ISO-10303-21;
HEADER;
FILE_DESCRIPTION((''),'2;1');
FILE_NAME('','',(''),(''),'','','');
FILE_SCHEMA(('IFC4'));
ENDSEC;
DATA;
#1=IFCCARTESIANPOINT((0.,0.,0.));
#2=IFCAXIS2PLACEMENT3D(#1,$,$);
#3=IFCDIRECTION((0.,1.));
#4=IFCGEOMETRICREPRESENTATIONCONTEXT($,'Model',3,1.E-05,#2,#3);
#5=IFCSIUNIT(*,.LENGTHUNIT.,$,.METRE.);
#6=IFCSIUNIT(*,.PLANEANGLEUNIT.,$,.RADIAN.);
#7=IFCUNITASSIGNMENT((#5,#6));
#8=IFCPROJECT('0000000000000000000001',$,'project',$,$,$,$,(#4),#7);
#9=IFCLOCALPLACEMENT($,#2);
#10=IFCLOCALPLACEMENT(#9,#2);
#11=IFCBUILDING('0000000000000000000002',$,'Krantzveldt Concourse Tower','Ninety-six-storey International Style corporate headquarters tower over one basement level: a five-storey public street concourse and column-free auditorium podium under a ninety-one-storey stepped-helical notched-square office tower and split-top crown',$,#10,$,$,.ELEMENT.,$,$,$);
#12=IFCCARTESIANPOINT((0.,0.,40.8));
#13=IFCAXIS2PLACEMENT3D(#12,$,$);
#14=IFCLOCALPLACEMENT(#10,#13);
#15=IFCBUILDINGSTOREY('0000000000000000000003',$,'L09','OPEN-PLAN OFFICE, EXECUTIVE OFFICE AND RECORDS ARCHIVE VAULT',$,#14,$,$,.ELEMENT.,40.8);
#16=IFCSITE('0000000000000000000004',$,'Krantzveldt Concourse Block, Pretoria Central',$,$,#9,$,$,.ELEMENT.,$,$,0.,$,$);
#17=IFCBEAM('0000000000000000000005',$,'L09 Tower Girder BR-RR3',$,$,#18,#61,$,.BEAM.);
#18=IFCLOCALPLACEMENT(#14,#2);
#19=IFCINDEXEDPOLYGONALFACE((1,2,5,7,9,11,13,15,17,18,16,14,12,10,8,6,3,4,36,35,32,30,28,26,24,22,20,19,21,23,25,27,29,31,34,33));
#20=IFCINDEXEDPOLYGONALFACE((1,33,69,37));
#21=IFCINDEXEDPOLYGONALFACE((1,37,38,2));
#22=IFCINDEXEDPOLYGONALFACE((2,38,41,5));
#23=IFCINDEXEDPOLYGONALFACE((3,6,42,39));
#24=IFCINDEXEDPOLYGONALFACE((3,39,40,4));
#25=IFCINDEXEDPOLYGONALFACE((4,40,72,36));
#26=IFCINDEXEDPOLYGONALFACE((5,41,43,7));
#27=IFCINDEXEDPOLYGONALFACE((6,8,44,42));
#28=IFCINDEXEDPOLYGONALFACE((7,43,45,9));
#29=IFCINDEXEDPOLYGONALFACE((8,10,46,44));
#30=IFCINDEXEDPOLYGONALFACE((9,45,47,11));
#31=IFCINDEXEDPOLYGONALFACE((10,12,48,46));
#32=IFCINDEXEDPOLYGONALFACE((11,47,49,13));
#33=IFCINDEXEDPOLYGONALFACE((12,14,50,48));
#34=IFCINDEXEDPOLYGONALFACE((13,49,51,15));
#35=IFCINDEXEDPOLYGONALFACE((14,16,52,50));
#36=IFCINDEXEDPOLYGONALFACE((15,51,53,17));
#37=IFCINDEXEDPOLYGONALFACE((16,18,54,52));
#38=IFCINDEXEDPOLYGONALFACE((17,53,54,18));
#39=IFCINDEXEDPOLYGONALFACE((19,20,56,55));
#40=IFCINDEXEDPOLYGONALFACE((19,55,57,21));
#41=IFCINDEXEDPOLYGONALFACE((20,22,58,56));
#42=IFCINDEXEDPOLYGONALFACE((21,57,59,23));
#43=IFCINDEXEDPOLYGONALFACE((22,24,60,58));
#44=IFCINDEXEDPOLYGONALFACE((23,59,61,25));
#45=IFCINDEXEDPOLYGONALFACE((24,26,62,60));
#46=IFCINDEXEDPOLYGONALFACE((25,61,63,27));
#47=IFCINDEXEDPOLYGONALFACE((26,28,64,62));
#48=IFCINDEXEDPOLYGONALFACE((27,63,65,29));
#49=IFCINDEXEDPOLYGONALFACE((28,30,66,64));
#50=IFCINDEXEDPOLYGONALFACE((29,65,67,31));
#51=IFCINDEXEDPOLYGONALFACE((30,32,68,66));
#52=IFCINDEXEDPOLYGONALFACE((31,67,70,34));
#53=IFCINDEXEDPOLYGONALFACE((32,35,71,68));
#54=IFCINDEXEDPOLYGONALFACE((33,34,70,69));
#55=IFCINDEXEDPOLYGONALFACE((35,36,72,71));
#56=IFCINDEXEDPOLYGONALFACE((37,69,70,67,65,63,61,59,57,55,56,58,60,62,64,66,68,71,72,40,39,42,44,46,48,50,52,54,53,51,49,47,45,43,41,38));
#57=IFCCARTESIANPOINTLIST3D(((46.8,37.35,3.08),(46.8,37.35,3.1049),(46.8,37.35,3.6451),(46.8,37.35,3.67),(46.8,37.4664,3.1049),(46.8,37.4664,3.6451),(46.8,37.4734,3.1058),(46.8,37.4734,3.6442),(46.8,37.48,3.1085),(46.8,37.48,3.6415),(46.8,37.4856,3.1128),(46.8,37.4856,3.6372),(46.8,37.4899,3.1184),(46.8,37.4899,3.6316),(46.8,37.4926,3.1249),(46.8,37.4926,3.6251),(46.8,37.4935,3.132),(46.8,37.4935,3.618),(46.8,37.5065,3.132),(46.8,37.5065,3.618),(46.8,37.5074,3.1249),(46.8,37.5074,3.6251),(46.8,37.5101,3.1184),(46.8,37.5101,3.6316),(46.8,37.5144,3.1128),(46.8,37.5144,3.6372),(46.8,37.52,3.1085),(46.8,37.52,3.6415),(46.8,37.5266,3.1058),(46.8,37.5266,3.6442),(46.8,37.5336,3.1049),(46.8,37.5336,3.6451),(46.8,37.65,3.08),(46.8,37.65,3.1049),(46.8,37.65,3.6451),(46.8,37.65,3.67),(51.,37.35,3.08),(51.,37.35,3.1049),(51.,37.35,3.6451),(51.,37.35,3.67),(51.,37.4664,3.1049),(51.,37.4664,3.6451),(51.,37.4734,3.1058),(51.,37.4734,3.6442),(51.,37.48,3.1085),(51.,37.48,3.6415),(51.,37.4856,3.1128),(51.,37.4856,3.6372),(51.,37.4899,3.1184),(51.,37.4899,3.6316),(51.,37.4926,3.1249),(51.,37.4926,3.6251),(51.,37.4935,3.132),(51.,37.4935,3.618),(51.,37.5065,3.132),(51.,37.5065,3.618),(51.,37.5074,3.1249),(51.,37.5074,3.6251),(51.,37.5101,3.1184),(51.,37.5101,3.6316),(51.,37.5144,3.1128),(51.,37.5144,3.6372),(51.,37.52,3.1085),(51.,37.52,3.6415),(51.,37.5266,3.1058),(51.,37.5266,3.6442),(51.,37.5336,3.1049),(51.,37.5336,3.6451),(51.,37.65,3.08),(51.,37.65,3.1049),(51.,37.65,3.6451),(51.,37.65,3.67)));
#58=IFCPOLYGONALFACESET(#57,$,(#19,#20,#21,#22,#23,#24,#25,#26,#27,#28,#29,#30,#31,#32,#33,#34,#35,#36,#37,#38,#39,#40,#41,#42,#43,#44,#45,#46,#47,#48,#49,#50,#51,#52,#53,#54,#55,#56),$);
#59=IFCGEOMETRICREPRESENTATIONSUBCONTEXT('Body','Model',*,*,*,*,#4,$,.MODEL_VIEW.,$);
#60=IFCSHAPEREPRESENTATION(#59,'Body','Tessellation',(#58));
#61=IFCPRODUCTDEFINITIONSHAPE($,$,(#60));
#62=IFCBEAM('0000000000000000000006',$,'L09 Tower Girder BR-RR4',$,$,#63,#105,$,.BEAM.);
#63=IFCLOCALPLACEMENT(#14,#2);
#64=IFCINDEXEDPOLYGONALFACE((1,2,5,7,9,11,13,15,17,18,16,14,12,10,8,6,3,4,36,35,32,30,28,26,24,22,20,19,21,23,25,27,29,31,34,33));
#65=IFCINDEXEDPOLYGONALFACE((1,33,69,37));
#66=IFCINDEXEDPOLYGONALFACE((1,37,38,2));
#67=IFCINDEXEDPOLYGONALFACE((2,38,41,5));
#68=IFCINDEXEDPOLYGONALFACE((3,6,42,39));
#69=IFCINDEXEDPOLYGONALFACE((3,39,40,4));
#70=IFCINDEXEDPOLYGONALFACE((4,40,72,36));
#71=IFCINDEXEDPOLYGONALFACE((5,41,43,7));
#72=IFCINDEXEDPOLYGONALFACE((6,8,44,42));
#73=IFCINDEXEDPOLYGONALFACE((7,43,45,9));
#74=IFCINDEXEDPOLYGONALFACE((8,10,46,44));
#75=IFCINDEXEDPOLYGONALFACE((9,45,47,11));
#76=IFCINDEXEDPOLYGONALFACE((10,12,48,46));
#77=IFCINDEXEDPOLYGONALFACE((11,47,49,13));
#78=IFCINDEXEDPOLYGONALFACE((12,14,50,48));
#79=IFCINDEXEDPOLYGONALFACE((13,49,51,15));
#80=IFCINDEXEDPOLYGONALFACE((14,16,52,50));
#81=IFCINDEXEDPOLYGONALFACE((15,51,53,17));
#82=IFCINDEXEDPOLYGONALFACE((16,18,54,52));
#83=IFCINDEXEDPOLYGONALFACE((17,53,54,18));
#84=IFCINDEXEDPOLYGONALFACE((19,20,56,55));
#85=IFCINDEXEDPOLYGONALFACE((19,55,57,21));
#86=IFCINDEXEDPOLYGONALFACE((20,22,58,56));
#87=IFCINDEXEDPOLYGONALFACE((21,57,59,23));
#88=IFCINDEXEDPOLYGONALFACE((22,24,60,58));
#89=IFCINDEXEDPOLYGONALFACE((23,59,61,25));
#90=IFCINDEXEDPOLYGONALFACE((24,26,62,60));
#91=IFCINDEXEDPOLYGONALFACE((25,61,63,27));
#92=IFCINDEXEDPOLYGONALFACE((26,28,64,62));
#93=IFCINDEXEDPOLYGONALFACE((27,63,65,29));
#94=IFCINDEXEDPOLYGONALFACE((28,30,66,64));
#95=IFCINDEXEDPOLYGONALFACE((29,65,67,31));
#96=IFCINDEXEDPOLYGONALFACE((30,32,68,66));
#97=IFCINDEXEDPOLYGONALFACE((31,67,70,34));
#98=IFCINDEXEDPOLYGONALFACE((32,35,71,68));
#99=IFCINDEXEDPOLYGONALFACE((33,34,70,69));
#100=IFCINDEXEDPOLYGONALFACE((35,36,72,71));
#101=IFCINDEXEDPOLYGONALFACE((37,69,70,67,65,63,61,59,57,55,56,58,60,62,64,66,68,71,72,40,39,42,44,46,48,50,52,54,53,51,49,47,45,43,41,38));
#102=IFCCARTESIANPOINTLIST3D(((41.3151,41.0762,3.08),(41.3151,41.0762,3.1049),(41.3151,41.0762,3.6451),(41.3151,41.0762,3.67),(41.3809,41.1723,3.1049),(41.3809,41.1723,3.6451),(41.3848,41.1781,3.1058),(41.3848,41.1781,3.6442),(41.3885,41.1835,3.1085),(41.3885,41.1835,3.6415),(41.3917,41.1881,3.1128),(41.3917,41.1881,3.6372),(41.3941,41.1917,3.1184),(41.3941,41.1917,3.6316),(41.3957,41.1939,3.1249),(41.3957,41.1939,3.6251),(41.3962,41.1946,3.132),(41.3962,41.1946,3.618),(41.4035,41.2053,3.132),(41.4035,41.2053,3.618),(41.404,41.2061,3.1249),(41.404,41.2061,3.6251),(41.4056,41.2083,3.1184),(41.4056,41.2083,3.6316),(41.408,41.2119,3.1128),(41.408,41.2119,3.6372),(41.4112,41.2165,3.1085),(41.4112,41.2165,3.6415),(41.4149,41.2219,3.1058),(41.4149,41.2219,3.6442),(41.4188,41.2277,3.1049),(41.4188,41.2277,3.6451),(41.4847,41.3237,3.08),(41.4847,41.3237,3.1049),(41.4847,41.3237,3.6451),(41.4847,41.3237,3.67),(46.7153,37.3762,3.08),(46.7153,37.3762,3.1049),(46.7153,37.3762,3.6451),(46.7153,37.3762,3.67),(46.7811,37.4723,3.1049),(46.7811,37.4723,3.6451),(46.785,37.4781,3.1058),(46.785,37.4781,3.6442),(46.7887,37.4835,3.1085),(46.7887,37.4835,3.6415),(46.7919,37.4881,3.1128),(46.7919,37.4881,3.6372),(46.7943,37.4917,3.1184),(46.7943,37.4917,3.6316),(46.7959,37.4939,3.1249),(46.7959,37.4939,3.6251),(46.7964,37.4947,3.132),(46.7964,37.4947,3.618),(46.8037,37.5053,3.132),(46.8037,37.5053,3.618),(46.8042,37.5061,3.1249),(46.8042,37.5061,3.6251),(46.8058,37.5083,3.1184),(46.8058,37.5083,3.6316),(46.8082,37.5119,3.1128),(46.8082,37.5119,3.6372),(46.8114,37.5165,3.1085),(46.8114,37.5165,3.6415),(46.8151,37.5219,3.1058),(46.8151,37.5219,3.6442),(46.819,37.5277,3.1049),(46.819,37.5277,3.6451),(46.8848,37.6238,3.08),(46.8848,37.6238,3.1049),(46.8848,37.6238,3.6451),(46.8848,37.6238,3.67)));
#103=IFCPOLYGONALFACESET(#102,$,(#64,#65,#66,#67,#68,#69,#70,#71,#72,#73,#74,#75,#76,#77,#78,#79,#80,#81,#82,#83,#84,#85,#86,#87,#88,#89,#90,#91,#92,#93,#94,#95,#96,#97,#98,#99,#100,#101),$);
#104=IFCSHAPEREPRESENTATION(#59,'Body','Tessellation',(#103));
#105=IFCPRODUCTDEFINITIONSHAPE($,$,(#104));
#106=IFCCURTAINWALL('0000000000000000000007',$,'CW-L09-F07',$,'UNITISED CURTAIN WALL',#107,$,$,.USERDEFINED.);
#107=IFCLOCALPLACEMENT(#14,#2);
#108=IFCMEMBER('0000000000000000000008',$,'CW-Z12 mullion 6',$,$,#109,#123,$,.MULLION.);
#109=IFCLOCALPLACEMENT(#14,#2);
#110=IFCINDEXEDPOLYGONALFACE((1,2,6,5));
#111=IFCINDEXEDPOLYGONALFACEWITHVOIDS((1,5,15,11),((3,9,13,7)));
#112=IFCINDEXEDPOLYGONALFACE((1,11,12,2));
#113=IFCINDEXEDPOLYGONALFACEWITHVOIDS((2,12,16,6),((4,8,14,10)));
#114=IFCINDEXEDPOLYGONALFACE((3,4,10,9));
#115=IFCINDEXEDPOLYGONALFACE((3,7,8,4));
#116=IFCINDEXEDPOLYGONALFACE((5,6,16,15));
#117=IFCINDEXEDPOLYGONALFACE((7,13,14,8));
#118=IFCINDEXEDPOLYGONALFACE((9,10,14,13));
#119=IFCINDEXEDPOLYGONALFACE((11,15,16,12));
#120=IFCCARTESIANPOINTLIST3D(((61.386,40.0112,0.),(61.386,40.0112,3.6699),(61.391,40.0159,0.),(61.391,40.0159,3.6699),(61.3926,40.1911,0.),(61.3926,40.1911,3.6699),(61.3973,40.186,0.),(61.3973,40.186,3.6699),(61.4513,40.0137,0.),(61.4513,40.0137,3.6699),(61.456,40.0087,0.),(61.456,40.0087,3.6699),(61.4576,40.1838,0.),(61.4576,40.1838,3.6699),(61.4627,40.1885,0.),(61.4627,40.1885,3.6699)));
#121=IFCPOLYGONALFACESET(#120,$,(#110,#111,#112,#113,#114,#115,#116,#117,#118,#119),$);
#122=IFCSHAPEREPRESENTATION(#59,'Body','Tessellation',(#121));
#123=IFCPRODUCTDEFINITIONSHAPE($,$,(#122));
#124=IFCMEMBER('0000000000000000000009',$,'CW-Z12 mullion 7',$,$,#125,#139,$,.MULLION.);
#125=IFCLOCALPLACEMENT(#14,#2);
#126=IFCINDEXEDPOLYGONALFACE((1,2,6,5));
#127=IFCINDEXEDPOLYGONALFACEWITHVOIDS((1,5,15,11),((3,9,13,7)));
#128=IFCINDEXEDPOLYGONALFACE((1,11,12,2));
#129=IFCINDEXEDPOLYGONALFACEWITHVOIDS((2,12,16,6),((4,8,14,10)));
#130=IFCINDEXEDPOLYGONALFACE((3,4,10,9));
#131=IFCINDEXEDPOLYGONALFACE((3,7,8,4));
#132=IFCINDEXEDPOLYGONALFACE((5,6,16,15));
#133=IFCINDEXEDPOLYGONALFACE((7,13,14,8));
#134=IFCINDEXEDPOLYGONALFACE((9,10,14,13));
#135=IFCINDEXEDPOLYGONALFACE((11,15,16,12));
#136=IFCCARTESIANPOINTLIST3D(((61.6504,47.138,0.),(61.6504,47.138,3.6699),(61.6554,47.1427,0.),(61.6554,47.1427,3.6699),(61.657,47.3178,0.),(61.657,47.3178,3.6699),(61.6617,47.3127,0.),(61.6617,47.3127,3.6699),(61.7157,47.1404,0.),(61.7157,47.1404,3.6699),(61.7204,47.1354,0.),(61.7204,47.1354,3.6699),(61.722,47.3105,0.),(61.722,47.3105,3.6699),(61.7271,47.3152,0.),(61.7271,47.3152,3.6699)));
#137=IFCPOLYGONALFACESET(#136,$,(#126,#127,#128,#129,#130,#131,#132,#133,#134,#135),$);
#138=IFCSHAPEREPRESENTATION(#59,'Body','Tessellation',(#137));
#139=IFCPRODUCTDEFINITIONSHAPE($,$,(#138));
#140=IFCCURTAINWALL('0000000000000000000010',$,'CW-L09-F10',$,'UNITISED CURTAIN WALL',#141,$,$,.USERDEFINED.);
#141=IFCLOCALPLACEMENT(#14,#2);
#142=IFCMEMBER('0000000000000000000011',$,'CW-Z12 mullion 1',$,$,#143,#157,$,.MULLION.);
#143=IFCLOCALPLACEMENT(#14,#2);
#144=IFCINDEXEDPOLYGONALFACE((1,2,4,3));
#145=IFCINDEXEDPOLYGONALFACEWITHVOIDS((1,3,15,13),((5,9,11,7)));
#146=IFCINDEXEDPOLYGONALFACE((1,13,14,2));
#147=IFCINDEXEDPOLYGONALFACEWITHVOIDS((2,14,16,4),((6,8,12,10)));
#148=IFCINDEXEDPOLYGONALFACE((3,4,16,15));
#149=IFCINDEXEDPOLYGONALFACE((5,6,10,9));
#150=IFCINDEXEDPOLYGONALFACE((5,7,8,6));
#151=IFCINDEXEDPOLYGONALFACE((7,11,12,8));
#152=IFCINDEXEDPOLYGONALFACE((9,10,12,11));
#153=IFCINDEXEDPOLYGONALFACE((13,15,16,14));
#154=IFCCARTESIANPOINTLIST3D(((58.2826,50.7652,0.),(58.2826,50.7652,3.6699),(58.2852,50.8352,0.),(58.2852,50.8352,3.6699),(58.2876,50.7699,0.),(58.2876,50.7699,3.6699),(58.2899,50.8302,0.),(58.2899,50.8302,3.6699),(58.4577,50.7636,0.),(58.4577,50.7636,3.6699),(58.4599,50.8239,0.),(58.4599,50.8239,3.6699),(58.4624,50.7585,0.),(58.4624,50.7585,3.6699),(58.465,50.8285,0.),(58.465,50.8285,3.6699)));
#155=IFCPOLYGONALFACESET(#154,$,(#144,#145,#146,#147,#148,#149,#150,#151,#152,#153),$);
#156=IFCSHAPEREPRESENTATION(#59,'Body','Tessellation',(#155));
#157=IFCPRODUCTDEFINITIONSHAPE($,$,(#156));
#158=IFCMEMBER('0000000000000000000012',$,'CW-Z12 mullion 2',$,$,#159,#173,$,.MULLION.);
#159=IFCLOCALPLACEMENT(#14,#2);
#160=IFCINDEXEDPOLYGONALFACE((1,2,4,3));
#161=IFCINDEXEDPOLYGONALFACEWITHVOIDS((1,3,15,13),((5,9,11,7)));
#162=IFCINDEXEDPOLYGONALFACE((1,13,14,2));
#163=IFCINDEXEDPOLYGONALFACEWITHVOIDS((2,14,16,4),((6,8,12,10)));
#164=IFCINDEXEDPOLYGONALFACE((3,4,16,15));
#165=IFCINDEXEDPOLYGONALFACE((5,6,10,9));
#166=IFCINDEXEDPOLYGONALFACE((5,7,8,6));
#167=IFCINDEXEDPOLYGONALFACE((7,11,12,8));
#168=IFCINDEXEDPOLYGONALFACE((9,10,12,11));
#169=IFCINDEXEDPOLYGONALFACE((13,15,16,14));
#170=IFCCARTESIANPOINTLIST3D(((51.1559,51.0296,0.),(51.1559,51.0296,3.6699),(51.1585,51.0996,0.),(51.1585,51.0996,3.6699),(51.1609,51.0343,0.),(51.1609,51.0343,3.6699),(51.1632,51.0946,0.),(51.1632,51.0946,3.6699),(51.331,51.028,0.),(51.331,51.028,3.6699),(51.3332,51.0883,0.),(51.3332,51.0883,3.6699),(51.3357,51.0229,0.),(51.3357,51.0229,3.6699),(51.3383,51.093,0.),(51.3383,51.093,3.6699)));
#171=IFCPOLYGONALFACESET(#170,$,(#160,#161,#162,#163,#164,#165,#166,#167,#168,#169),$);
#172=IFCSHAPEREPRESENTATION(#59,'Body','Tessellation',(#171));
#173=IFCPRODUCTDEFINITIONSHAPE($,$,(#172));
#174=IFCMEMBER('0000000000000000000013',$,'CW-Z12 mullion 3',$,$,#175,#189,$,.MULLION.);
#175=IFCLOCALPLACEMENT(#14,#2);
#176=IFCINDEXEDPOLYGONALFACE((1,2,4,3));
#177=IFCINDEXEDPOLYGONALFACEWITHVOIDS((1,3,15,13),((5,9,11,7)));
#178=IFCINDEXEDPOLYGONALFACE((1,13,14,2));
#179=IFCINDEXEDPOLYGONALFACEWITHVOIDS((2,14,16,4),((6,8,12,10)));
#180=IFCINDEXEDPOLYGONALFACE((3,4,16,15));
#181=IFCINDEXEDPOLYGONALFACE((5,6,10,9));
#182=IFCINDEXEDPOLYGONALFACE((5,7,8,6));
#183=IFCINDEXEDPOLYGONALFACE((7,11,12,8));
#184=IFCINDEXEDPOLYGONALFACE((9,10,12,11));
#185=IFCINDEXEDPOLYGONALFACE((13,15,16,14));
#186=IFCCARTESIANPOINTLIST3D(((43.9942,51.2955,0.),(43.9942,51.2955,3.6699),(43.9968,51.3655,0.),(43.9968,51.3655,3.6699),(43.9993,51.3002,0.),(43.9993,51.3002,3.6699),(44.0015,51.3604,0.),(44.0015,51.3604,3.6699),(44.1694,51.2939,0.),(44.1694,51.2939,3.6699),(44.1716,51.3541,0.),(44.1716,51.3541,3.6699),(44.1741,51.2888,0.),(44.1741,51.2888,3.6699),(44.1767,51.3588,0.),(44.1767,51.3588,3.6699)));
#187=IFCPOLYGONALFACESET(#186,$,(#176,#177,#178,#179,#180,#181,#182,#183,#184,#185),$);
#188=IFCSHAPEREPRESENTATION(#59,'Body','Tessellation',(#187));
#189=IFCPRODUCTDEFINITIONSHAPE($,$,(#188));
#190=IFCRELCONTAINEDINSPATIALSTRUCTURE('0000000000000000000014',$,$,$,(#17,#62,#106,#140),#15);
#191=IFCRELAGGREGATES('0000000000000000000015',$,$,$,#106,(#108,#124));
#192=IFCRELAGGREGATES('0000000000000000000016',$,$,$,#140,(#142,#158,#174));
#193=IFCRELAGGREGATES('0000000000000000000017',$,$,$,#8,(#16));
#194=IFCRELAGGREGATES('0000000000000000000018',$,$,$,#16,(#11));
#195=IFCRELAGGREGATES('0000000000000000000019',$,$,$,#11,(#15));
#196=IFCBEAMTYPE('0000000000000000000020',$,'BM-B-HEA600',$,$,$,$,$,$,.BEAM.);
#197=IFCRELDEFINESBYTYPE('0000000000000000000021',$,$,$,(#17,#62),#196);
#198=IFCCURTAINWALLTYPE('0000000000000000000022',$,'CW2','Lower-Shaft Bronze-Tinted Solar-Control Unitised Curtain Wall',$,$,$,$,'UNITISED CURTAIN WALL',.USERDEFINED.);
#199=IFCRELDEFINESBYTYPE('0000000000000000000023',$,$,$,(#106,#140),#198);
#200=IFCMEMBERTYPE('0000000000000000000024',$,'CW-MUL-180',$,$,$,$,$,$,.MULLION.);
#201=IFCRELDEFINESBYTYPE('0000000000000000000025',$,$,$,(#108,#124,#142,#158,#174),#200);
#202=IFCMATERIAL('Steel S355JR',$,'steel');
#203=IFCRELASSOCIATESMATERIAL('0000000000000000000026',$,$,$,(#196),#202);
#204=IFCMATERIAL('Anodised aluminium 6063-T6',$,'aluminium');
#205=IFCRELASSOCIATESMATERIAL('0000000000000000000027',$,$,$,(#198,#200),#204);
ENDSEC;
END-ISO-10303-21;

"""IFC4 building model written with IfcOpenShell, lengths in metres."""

from ifc_helpers import new_model, si_unit, direction, frame, origin, origin_2d, place, context, subcontext, project, spatial, hollow_rectangle, i_section, extrude, source, transform, mapped, material, material_profile, profile_set, type_object, type_shapes, element, aggregate, save


model = new_model("IFC4")

# Units and contexts
model_context = context("Model", 3, precision=1e-05, world=origin(), true_north=direction((0.0, 1.0)))
body_context = subcontext(model_context, "Body", "Model", "MODEL_VIEW")
ifc_project = project(units=[si_unit("LENGTHUNIT", "METRE"), si_unit("PLANEANGLEUNIT", "RADIAN")], contexts=[model_context])

# Site, building, storey
site_placement = place(None, origin())
site = spatial("IfcSite", under=ifc_project, at=site_placement, Name="Krantzveldt Concourse Block, Pretoria Central", CompositionType="ELEMENT", RefElevation=0.0)
building_placement = place(site_placement, origin())
building = spatial("IfcBuilding", under=site, at=building_placement, Name="Krantzveldt Concourse Tower", Description="Ninety-six-storey International Style corporate headquarters tower over one basement level: a five-storey public street concourse and column-free auditorium podium under a ninety-one-storey stepped-helical notched-square office tower and split-top crown", CompositionType="ELEMENT")
storey_placement = place(building_placement, frame((0.0, 0.0, 40.8)))
storey = spatial("IfcBuildingStorey", under=building, at=storey_placement, Name="L09", Description="OPEN-PLAN OFFICE, EXECUTIVE OFFICE AND RECORDS ARCHIVE VAULT", CompositionType="ELEMENT", Elevation=40.8)

# Beams
ifc_material_1 = material(Name="Steel S355JR", Category="steel")
ifc_material_profile_1 = material_profile(ifc_material_1, i_section(OverallWidth=0.3, OverallDepth=0.5901, WebThickness=0.0129, FlangeThickness=0.0249, FilletRadius=0.0271, at=origin_2d()), Name="Steel S355JR", Category="steel")
ifc_profile_set_1 = profile_set([ifc_material_profile_1], Name="Steel S355JR - HEA 600")
beam_type_1 = type_object("IfcBeamType", Name="BM-B-HEA600", PredefinedType="BEAM", material=ifc_profile_set_1)
shared_shape_1 = source(origin(), body_context, "Body", "SweptSolid", [
    extrude(i_section(OverallWidth=0.3, OverallDepth=0.5901, WebThickness=0.0129, FlangeThickness=0.0249, FilletRadius=0.0271, at=origin_2d()), origin(), (0.0, 0.0, 1.0), 4.2),
])
beam_1_placement = place(storey_placement, frame((46.8, 37.5, 3.375), z_axis=(1.0, 0.0, 0.0), x_axis=(0.0, 1.0, 0.0)))
element("IfcBeam", 1, at=beam_1_placement, inside=storey, type_object=beam_type_1, Name="L09 Tower Girder BR-RR3", PredefinedType="BEAM", context=body_context, shape_type="MappedRepresentation", body=[
    mapped(shared_shape_1, transform((0.0, 0.0, 0.0), x_axis=(1.0, 0.0, 0.0), y_axis=(0.0, 1.0, 0.0), z_axis=(0.0, 0.0, 1.0), scale=1.0)),
])
shared_shape_2 = source(origin(), body_context, "Body", "SweptSolid", [
    extrude(i_section(OverallWidth=0.3, OverallDepth=0.5901, WebThickness=0.0129, FlangeThickness=0.0249, FilletRadius=0.0271, at=origin_2d()), origin(), (0.0, 0.0, 1.0), 6.5461),
])
type_shapes(beam_type_1, [shared_shape_1, shared_shape_2])
beam_2_placement = place(storey_placement, frame((46.8, 37.5, 3.375), z_axis=(-0.824943, 0.565216, 0.0), x_axis=(-0.565216, -0.824943, 0.0)))
element("IfcBeam", 2, at=beam_2_placement, inside=storey, type_object=beam_type_1, Name="L09 Tower Girder BR-RR4", PredefinedType="BEAM", context=body_context, shape_type="MappedRepresentation", body=[
    mapped(shared_shape_2, transform((0.0, 0.0, 0.0), x_axis=(1.0, 0.0, 0.0), y_axis=(0.0, 1.0, 0.0), z_axis=(0.0, 0.0, 1.0), scale=1.0)),
])

# Curtain walls, members
ifc_material_2 = material(Name="Anodised aluminium 6063-T6", Category="aluminium")
curtain_wall_type = type_object("IfcCurtainWallType", Name="CW2", Description="Lower-Shaft Bronze-Tinted Solar-Control Unitised Curtain Wall", ElementType="UNITISED CURTAIN WALL", PredefinedType="USERDEFINED", material=ifc_material_2)
curtain_wall_1_placement = place(storey_placement, origin())
curtain_wall_1 = element("IfcCurtainWall", 3, at=curtain_wall_1_placement, inside=storey, type_object=curtain_wall_type, Name="CW-L09-F07", ObjectType="UNITISED CURTAIN WALL", PredefinedType="USERDEFINED")
ifc_material_profile_2 = material_profile(ifc_material_2, hollow_rectangle(XDim=0.0701, YDim=0.1799, WallThickness=0.0049, at=origin_2d()), Name="Anodised aluminium 6063-T6", Category="aluminium")
ifc_profile_set_2 = profile_set([ifc_material_profile_2], Name="Anodised aluminium 6063-T6 - ALU-MULL 180x70x5")
member_type_1 = type_object("IfcMemberType", Name="CW-MUL-180", PredefinedType="MULLION", material=ifc_profile_set_2)
shared_shape_3 = source(origin(), body_context, "Body", "SweptSolid", [
    extrude(hollow_rectangle(XDim=0.0701, YDim=0.1799, WallThickness=0.0049, at=origin_2d()), origin(), (0.0, 0.0, 1.0), 3.6699),
])
type_shapes(member_type_1, [shared_shape_3])
member_1_placement = place(storey_placement, frame((61.4243, 40.0999, 0.0), z_axis=(0.0, 0.0, 1.0), x_axis=(-0.999312, 0.03708, 0.0)))
member_1 = element("IfcMember", 4, at=member_1_placement, type_object=member_type_1, Name="CW-Z12 mullion 6", PredefinedType="MULLION", context=body_context, shape_type="MappedRepresentation", body=[
    mapped(shared_shape_3, transform((0.0, 0.0, 0.0), x_axis=(1.0, 0.0, 0.0), y_axis=(0.0, 1.0, 0.0), z_axis=(0.0, 0.0, 1.0), scale=1.0)),
])
member_2_placement = place(storey_placement, frame((61.6887, 47.2266, 0.0), z_axis=(0.0, 0.0, 1.0), x_axis=(-0.999312, 0.03708, 0.0)))
member_2 = element("IfcMember", 5, at=member_2_placement, type_object=member_type_1, Name="CW-Z12 mullion 7", PredefinedType="MULLION", context=body_context, shape_type="MappedRepresentation", body=[
    mapped(shared_shape_3, transform((0.0, 0.0, 0.0), x_axis=(1.0, 0.0, 0.0), y_axis=(0.0, 1.0, 0.0), z_axis=(0.0, 0.0, 1.0), scale=1.0)),
])
curtain_wall_2_placement = place(storey_placement, origin())
curtain_wall_2 = element("IfcCurtainWall", 6, at=curtain_wall_2_placement, inside=storey, type_object=curtain_wall_type, Name="CW-L09-F10", ObjectType="UNITISED CURTAIN WALL", PredefinedType="USERDEFINED")
member_3_placement = place(storey_placement, frame((58.3738, 50.7969, 0.0), z_axis=(0.0, 0.0, 1.0), x_axis=(-0.03708, -0.999312, 0.0)))
member_3 = element("IfcMember", 7, at=member_3_placement, type_object=member_type_1, Name="CW-Z12 mullion 1", PredefinedType="MULLION", context=body_context, shape_type="MappedRepresentation", body=[
    mapped(shared_shape_3, transform((0.0, 0.0, 0.0), x_axis=(1.0, 0.0, 0.0), y_axis=(0.0, 1.0, 0.0), z_axis=(0.0, 0.0, 1.0), scale=1.0)),
])
member_4_placement = place(storey_placement, frame((51.2471, 51.0613, 0.0), z_axis=(0.0, 0.0, 1.0), x_axis=(-0.03708, -0.999312, 0.0)))
member_4 = element("IfcMember", 8, at=member_4_placement, type_object=member_type_1, Name="CW-Z12 mullion 2", PredefinedType="MULLION", context=body_context, shape_type="MappedRepresentation", body=[
    mapped(shared_shape_3, transform((0.0, 0.0, 0.0), x_axis=(1.0, 0.0, 0.0), y_axis=(0.0, 1.0, 0.0), z_axis=(0.0, 0.0, 1.0), scale=1.0)),
])
member_5_placement = place(storey_placement, frame((44.0854, 51.3271, 0.0), z_axis=(0.0, 0.0, 1.0), x_axis=(-0.03708, -0.999312, 0.0)))
member_5 = element("IfcMember", 9, at=member_5_placement, type_object=member_type_1, Name="CW-Z12 mullion 3", PredefinedType="MULLION", context=body_context, shape_type="MappedRepresentation", body=[
    mapped(shared_shape_3, transform((0.0, 0.0, 0.0), x_axis=(1.0, 0.0, 0.0), y_axis=(0.0, 1.0, 0.0), z_axis=(0.0, 0.0, 1.0), scale=1.0)),
])

aggregate(curtain_wall_1, [member_1, member_2])
aggregate(curtain_wall_2, [member_3, member_4, member_5])

save(model, "model.ifc")
